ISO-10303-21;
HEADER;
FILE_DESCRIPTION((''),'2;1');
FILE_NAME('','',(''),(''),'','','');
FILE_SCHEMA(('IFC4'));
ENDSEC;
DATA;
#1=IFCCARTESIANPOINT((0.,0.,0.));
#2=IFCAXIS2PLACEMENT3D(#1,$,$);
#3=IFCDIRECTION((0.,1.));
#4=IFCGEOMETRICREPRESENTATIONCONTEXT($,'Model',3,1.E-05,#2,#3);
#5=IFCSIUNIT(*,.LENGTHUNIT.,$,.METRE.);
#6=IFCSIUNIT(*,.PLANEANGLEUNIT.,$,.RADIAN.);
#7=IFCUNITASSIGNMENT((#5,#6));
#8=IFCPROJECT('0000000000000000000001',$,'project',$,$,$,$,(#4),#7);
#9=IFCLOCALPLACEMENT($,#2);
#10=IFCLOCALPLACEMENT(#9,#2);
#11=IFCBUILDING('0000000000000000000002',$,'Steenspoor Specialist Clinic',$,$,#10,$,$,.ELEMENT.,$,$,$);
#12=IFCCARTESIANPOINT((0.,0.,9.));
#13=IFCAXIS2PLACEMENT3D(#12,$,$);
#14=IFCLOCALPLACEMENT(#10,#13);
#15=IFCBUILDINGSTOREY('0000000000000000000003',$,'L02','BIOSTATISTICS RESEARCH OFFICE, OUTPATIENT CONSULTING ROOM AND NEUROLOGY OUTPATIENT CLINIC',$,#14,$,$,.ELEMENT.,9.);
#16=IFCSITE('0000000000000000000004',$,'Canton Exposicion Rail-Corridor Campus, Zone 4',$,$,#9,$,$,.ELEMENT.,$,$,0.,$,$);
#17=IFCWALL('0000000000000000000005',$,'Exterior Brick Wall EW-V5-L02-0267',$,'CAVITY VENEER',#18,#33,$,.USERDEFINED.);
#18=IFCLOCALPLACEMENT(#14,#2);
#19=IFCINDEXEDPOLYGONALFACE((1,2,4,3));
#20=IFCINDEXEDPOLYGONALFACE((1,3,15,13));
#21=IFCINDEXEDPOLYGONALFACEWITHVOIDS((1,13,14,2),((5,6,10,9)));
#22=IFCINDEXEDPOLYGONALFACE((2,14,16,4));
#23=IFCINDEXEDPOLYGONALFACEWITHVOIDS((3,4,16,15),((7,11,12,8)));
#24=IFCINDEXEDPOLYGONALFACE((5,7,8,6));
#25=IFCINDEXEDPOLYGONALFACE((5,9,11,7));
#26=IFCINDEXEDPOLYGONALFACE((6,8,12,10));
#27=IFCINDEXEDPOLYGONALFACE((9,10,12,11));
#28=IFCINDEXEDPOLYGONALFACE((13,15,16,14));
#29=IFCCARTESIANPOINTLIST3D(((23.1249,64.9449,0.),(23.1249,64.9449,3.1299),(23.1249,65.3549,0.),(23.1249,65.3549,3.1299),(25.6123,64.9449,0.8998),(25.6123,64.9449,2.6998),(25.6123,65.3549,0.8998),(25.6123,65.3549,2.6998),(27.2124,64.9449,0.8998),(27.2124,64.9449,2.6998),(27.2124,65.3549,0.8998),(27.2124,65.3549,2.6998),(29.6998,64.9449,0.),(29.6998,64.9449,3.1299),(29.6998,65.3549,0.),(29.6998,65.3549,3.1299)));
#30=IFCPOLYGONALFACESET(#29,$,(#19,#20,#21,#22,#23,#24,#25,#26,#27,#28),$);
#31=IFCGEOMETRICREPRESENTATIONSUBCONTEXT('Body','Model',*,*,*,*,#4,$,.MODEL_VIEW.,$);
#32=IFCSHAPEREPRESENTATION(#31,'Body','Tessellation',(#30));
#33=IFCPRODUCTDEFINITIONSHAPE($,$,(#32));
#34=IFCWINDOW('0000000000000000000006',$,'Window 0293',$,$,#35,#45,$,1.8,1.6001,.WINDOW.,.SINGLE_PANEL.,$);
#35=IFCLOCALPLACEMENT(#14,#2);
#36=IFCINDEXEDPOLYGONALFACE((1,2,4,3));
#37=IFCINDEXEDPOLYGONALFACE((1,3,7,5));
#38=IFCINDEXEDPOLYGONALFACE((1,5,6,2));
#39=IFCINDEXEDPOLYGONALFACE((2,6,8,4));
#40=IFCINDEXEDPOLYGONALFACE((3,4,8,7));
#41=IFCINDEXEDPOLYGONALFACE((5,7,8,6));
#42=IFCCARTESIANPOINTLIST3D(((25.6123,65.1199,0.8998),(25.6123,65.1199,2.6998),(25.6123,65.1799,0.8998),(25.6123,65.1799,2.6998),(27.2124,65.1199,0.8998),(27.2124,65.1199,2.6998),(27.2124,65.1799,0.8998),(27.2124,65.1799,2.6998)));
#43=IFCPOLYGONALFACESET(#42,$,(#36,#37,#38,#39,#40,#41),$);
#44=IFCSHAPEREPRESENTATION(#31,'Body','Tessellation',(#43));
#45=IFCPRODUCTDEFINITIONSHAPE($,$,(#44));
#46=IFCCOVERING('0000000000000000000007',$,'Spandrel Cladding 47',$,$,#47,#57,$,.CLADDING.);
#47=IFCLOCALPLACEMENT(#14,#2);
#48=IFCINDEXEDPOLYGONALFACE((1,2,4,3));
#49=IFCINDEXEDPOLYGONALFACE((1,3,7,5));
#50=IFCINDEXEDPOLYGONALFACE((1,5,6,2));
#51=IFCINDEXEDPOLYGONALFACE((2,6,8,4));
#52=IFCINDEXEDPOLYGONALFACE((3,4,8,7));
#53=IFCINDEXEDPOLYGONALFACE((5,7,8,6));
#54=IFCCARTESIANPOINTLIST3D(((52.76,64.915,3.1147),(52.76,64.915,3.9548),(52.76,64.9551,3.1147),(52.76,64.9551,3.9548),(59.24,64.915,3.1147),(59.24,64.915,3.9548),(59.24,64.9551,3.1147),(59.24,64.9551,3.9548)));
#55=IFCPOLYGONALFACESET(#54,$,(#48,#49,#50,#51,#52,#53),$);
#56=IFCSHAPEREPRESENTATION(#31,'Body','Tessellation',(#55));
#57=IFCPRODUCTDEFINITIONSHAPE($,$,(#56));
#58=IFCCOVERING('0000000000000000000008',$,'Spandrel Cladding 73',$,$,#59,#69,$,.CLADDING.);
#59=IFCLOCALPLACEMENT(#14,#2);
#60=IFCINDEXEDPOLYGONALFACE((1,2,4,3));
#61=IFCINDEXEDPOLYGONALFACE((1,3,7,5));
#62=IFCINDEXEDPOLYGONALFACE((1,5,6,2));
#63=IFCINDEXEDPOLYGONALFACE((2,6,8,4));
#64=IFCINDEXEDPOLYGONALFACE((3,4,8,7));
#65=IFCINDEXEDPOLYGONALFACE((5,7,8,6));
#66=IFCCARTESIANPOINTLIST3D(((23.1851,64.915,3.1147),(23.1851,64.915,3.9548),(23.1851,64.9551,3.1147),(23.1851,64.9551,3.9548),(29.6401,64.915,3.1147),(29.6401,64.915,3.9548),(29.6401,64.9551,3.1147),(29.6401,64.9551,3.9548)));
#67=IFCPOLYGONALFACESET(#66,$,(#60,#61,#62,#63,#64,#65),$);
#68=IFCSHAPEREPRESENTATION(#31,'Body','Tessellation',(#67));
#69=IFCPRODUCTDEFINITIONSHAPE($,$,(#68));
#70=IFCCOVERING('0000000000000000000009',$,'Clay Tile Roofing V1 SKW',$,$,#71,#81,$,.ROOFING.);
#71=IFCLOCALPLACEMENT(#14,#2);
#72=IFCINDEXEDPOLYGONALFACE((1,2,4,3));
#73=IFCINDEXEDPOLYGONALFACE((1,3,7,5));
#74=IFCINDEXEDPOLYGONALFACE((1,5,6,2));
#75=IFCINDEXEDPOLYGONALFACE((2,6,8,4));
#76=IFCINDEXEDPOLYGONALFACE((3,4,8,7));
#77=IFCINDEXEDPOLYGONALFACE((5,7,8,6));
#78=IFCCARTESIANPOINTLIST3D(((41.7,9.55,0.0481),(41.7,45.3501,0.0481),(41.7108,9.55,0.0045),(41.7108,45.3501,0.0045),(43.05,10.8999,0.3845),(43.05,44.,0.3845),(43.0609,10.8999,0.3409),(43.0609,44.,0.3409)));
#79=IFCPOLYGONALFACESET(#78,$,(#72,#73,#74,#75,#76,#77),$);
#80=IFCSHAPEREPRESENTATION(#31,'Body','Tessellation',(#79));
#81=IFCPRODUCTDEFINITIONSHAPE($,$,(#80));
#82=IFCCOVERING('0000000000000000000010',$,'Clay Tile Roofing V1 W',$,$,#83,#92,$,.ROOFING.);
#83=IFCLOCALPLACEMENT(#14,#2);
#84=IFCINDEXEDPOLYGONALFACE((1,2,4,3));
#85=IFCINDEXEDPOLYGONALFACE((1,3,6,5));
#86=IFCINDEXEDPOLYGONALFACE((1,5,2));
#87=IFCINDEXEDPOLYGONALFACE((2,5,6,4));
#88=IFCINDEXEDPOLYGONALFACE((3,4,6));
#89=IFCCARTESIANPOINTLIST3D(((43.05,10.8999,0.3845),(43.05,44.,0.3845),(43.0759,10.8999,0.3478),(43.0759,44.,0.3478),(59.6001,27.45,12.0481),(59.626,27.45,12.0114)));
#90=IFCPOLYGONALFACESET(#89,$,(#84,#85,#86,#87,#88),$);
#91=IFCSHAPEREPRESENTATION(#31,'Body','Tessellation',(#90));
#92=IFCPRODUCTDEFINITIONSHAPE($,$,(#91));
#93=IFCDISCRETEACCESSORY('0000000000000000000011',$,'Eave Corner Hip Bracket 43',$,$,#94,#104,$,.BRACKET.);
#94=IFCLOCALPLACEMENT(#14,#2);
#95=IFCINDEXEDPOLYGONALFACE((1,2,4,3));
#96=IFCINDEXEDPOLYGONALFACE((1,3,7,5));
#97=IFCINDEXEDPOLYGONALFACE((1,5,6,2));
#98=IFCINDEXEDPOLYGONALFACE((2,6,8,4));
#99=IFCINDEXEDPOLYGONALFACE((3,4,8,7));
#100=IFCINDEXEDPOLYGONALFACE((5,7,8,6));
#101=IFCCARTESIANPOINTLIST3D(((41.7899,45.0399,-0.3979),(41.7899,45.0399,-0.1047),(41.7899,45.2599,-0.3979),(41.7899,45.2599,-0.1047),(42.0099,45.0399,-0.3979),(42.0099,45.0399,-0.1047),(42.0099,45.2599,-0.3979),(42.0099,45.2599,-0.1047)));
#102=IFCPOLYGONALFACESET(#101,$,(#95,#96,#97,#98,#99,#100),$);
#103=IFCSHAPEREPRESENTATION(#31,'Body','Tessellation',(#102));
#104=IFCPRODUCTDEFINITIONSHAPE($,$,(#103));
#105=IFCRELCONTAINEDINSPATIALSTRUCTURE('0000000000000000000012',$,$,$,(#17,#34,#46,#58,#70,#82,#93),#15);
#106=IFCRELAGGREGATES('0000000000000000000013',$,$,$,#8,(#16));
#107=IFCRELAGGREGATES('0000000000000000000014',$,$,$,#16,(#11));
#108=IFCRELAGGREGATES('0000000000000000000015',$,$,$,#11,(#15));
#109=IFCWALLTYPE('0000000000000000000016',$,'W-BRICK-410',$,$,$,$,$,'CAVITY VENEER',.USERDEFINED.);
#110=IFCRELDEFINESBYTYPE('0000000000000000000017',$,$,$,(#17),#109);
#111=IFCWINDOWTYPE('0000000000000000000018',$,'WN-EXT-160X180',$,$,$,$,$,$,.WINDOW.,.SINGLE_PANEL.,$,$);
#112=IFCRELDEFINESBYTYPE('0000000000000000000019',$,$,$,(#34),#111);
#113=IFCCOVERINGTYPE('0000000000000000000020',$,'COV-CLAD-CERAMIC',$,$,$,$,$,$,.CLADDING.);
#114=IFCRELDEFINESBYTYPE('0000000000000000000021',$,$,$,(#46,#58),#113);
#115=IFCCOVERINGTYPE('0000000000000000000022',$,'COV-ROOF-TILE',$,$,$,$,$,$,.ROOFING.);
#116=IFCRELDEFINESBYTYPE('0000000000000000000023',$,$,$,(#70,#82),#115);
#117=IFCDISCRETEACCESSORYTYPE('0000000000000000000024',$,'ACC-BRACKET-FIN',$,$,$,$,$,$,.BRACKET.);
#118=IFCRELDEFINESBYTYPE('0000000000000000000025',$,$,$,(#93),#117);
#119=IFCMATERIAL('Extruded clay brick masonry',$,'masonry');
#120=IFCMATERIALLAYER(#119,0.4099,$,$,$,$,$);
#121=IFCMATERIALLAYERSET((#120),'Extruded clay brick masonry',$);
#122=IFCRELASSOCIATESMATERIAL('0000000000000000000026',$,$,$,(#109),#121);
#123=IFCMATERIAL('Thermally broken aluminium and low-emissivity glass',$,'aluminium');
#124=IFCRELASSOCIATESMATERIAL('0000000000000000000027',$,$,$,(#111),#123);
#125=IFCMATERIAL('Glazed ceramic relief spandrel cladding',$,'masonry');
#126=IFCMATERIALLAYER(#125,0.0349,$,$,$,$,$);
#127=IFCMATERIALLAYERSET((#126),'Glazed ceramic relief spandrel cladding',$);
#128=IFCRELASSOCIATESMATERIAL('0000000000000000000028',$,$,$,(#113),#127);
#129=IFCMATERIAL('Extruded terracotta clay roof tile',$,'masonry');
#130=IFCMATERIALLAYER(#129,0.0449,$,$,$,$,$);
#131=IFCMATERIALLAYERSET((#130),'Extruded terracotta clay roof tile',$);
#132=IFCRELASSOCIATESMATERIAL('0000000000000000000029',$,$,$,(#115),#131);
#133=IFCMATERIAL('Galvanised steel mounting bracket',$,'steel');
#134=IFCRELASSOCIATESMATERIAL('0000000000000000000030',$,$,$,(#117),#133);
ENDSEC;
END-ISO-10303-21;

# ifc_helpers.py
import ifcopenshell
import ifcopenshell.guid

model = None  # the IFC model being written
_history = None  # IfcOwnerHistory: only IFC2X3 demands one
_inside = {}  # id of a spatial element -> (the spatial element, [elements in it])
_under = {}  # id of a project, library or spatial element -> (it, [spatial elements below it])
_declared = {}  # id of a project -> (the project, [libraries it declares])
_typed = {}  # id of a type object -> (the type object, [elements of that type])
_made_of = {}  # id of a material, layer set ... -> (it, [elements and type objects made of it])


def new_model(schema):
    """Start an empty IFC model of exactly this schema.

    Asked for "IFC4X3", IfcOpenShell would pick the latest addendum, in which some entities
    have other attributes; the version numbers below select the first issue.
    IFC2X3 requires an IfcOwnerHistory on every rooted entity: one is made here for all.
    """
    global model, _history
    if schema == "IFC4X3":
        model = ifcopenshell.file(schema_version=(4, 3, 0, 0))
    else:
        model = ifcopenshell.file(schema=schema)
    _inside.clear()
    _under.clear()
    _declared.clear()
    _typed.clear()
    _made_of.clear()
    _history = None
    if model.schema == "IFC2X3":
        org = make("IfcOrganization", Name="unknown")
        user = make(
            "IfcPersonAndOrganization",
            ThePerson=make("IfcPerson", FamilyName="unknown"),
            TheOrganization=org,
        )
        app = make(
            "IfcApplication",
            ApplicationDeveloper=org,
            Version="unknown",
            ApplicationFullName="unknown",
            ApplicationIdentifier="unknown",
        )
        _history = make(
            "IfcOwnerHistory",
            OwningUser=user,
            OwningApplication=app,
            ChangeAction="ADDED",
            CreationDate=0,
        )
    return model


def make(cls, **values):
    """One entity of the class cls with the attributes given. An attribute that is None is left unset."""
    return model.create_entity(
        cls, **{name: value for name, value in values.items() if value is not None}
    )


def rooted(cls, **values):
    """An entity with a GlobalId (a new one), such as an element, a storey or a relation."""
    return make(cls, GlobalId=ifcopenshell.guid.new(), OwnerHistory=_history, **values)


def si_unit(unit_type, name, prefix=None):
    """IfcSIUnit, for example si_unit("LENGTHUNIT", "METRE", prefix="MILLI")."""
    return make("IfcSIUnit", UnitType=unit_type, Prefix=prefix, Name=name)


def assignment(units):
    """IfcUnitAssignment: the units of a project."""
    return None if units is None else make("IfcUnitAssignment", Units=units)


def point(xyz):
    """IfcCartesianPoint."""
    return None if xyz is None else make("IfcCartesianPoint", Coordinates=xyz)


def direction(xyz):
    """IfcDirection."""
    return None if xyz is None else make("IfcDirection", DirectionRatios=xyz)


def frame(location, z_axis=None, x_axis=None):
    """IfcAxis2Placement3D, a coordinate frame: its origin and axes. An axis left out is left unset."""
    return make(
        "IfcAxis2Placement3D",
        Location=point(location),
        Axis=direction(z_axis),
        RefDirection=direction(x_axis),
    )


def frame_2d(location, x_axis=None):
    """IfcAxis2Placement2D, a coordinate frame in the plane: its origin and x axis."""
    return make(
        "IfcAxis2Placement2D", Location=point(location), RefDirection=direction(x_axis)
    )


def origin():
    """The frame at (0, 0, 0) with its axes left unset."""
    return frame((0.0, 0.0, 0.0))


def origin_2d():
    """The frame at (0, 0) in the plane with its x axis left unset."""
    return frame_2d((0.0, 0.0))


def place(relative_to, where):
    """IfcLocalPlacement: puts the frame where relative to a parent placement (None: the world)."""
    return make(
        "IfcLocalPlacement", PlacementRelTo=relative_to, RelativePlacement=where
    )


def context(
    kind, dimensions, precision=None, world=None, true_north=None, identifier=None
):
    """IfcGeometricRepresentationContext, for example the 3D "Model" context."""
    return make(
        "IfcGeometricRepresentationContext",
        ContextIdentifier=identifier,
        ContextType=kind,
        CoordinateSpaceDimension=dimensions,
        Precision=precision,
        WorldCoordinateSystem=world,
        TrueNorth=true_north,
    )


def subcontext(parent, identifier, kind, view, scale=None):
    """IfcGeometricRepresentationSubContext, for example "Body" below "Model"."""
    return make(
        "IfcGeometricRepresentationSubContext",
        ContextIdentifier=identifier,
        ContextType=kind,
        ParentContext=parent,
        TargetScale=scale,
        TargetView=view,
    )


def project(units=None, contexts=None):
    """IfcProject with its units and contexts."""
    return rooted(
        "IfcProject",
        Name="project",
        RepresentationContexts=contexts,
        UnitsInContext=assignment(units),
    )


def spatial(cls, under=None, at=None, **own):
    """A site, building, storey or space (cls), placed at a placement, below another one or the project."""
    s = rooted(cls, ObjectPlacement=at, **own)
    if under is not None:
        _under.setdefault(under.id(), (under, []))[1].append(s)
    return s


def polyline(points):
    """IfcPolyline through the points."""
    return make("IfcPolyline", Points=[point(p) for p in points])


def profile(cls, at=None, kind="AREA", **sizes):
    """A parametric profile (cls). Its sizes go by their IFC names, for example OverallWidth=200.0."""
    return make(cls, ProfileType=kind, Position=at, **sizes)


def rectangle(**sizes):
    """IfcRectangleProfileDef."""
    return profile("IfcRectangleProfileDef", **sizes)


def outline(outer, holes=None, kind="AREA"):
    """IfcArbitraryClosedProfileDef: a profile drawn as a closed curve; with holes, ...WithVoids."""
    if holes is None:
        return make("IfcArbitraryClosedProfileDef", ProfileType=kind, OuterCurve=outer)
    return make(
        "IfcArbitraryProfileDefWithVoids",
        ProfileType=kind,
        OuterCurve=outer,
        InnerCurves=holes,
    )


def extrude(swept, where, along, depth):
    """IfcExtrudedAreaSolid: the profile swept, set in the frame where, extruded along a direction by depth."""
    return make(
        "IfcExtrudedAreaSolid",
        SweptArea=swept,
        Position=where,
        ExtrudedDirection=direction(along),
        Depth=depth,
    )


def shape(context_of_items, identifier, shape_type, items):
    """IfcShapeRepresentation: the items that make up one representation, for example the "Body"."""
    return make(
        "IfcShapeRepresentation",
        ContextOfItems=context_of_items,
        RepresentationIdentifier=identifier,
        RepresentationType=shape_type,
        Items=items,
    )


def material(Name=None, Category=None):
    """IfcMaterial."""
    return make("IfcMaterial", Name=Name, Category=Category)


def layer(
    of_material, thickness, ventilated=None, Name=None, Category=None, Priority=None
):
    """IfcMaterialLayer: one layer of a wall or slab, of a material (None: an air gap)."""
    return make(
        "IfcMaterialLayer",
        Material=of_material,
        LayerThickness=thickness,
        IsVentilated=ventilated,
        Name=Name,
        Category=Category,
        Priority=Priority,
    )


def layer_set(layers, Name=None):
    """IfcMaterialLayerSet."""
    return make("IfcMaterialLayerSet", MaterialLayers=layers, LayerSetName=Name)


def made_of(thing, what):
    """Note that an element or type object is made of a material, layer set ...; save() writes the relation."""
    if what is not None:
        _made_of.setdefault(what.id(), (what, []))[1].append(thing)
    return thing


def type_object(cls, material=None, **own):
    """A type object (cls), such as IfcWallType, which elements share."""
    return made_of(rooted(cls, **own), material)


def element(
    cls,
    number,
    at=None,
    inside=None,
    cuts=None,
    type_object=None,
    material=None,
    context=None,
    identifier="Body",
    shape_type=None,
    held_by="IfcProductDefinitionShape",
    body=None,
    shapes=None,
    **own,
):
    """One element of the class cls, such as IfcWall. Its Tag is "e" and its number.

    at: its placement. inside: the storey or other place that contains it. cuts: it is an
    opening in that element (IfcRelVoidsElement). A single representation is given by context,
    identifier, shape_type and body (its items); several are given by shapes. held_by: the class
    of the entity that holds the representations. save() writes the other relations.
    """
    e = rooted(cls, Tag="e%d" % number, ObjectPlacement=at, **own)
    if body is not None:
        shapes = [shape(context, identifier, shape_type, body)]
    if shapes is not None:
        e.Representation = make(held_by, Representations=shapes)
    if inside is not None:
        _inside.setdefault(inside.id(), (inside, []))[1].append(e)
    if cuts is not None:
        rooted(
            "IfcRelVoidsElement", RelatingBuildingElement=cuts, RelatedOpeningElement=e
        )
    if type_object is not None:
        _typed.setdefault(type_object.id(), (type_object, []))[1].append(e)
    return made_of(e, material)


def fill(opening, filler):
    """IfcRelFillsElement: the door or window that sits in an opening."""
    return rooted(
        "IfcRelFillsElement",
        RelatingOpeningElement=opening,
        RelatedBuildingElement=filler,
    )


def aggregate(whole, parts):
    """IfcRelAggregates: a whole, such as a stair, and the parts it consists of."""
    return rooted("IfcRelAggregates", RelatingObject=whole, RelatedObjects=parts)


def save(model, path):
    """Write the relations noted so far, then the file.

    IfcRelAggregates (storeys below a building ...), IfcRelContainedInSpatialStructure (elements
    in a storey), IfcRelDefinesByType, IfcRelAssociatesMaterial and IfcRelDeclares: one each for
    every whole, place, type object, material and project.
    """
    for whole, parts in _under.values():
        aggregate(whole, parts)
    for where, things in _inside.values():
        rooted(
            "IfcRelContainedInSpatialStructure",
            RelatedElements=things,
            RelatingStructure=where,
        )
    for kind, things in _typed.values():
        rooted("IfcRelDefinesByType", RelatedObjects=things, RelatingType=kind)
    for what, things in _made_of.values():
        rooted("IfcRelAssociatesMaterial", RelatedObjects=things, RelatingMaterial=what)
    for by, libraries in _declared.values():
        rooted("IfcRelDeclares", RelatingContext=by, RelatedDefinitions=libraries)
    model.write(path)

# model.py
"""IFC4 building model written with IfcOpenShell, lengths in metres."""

from ifc_helpers import new_model, si_unit, direction, frame, frame_2d, origin, origin_2d, place, context, subcontext, project, spatial, polyline, rectangle, outline, extrude, material, layer, layer_set, type_object, element, fill, save


model = new_model("IFC4")

# Units and contexts
model_context = context("Model", 3, precision=1e-05, world=origin(), true_north=direction((0.0, 1.0)))
body_context = subcontext(model_context, "Body", "Model", "MODEL_VIEW")
ifc_project = project(units=[si_unit("LENGTHUNIT", "METRE"), si_unit("PLANEANGLEUNIT", "RADIAN")], contexts=[model_context])

# Site, building, storey
site_placement = place(None, origin())
site = spatial("IfcSite", under=ifc_project, at=site_placement, Name="Canton Exposicion Rail-Corridor Campus, Zone 4", CompositionType="ELEMENT", RefElevation=0.0)
building_placement = place(site_placement, origin())
building = spatial("IfcBuilding", under=site, at=building_placement, Name="Steenspoor Specialist Clinic", CompositionType="ELEMENT")
storey_placement = place(building_placement, frame((0.0, 0.0, 9.0)))
storey = spatial("IfcBuildingStorey", under=building, at=storey_placement, Name="L02", Description="BIOSTATISTICS RESEARCH OFFICE, OUTPATIENT CONSULTING ROOM AND NEUROLOGY OUTPATIENT CLINIC", CompositionType="ELEMENT", Elevation=9.0)

# Shared definitions
ifc_material_1 = material(Name="Thermally broken aluminium and low-emissivity glass", Category="aluminium")

# Shared definitions
ifc_material_2 = material(Name="Extruded terracotta clay roof tile", Category="masonry")

# Wall, opening, window
ifc_material_3 = material(Name="Extruded clay brick masonry", Category="masonry")
ifc_layer_1 = layer(ifc_material_3, 0.4099)
ifc_layer_set_1 = layer_set([ifc_layer_1], Name="Extruded clay brick masonry")
wall_type = type_object("IfcWallType", Name="W-BRICK-410", ElementType="CAVITY VENEER", PredefinedType="USERDEFINED", material=ifc_layer_set_1)
wall_placement = place(storey_placement, frame((29.7, 65.1499, 0.0), z_axis=(0.0, 0.0, 1.0), x_axis=(-1.0, 0.0, 0.0)))
wall = element("IfcWall", 1, at=wall_placement, inside=storey, type_object=wall_type, Name="Exterior Brick Wall EW-V5-L02-0267", ObjectType="CAVITY VENEER", PredefinedType="USERDEFINED", context=body_context, shape_type="SweptSolid", body=[
    extrude(rectangle(XDim=6.575, YDim=0.4099, at=frame_2d((3.2876, 0.0))), origin(), (0.0, 0.0, 1.0), 3.1299),
])
opening_placement = place(wall_placement, frame((2.4875, 0.0, 0.8999)))
opening = element("IfcOpeningElement", 2, at=opening_placement, cuts=wall, PredefinedType="OPENING", context=body_context, shape_type="SweptSolid", body=[
    extrude(rectangle(XDim=1.6001, YDim=1.8, at=frame_2d((0.8, 0.8999))), frame((0.0, 0.2148, 0.0), z_axis=(0.0, -1.0, 0.0), x_axis=(1.0, 0.0, 0.0)), (0.0, 0.0, 1.0), 0.4299),
])
window_type = type_object("IfcWindowType", Name="WN-EXT-160X180", PartitioningType="SINGLE_PANEL", PredefinedType="WINDOW", material=ifc_material_1)
window_placement = place(opening_placement, origin())
window = element("IfcWindow", 3, at=window_placement, inside=storey, type_object=window_type, Name="Window 0293", OverallHeight=1.8, OverallWidth=1.6001, PartitioningType="SINGLE_PANEL", PredefinedType="WINDOW", context=body_context, shape_type="SweptSolid", body=[
    extrude(rectangle(XDim=1.6001, YDim=1.8, at=frame_2d((0.8, 0.8999))), frame((0.0, 0.03, 0.0), z_axis=(0.0, -1.0, 0.0), x_axis=(1.0, 0.0, 0.0)), (0.0, 0.0, 1.0), 0.0601),
])
fill(opening, window)

# Coverings
ifc_material_4 = material(Name="Glazed ceramic relief spandrel cladding", Category="masonry")
ifc_layer_2 = layer(ifc_material_4, 0.0349)
ifc_layer_set_2 = layer_set([ifc_layer_2], Name="Glazed ceramic relief spandrel cladding")
covering_type_1 = type_object("IfcCoveringType", Name="COV-CLAD-CERAMIC", PredefinedType="CLADDING", material=ifc_layer_set_2)
covering_1_placement = place(storey_placement, frame((56.0, 64.9351, 3.1147), z_axis=(0.0, 0.0, 1.0), x_axis=(-1.0, 0.0, 0.0)))
element("IfcCovering", 4, at=covering_1_placement, inside=storey, type_object=covering_type_1, Name="Spandrel Cladding 47", PredefinedType="CLADDING", context=body_context, shape_type="SweptSolid", body=[
    extrude(rectangle(XDim=6.48, YDim=0.04, at=origin_2d()), origin(), (0.0, 0.0, 1.0), 0.8401),
])
covering_2_placement = place(storey_placement, frame((26.4126, 64.9351, 3.1147), z_axis=(0.0, 0.0, 1.0), x_axis=(-1.0, 0.0, 0.0)))
element("IfcCovering", 5, at=covering_2_placement, inside=storey, type_object=covering_type_1, Name="Spandrel Cladding 73", PredefinedType="CLADDING", context=body_context, shape_type="SweptSolid", body=[
    extrude(rectangle(XDim=6.4551, YDim=0.04, at=origin_2d()), origin(), (0.0, 0.0, 1.0), 0.8401),
])
ifc_layer_3 = layer(ifc_material_2, 0.0449)
ifc_layer_set_3 = layer_set([ifc_layer_3], Name="Extruded terracotta clay roof tile")
covering_type_2 = type_object("IfcCoveringType", Name="COV-ROOF-TILE", PredefinedType="ROOFING", material=ifc_layer_set_3)
covering_3_placement = place(storey_placement, frame((41.7, 45.3501, 0.0481), z_axis=(-0.241792, 0.0, 0.970328), x_axis=(0.0, -1.0, 0.0)))
element("IfcCovering", 6, at=covering_3_placement, inside=storey, type_object=covering_type_2, Name="Clay Tile Roofing V1 SKW", PredefinedType="ROOFING", context=body_context, shape_type="SweptSolid", body=[
    extrude(outline(polyline([(0.0, 0.0), (35.8, 0.0), (34.4502, 1.3914), (1.3501, 1.3914), (0.0, 0.0)])), origin(), (0.0, 0.0, -1.0), 0.0449),
])
covering_4_placement = place(storey_placement, frame((43.05, 44.0, 0.3845), z_axis=(-0.576063, 0.0, 0.817405), x_axis=(0.0, -1.0, 0.0)))
element("IfcCovering", 7, at=covering_4_placement, inside=storey, type_object=covering_type_2, Name="Clay Tile Roofing V1 W", PredefinedType="ROOFING", context=body_context, shape_type="SweptSolid", body=[
    extrude(outline(polyline([(0.0, 0.0), (33.1001, 0.0), (16.55, 20.2471), (0.0, 0.0)])), origin(), (0.0, 0.0, -1.0), 0.0449),
])

# Discrete accessory
ifc_material_5 = material(Name="Galvanised steel mounting bracket", Category="steel")
discrete_accessory_type = type_object("IfcDiscreteAccessoryType", Name="ACC-BRACKET-FIN", PredefinedType="BRACKET", material=ifc_material_5)
discrete_accessory_placement = place(storey_placement, frame((41.8999, 45.1499, -0.3979), z_axis=(0.0, 0.0, 1.0), x_axis=(1.0, 0.0, 0.0)))
element("IfcDiscreteAccessory", 8, at=discrete_accessory_placement, inside=storey, type_object=discrete_accessory_type, Name="Eave Corner Hip Bracket 43", PredefinedType="BRACKET", context=body_context, shape_type="SweptSolid", body=[
    extrude(rectangle(XDim=0.22, YDim=0.22, at=origin_2d()), origin(), (0.0, 0.0, 1.0), 0.2932),
])

save(model, "model.ifc")
